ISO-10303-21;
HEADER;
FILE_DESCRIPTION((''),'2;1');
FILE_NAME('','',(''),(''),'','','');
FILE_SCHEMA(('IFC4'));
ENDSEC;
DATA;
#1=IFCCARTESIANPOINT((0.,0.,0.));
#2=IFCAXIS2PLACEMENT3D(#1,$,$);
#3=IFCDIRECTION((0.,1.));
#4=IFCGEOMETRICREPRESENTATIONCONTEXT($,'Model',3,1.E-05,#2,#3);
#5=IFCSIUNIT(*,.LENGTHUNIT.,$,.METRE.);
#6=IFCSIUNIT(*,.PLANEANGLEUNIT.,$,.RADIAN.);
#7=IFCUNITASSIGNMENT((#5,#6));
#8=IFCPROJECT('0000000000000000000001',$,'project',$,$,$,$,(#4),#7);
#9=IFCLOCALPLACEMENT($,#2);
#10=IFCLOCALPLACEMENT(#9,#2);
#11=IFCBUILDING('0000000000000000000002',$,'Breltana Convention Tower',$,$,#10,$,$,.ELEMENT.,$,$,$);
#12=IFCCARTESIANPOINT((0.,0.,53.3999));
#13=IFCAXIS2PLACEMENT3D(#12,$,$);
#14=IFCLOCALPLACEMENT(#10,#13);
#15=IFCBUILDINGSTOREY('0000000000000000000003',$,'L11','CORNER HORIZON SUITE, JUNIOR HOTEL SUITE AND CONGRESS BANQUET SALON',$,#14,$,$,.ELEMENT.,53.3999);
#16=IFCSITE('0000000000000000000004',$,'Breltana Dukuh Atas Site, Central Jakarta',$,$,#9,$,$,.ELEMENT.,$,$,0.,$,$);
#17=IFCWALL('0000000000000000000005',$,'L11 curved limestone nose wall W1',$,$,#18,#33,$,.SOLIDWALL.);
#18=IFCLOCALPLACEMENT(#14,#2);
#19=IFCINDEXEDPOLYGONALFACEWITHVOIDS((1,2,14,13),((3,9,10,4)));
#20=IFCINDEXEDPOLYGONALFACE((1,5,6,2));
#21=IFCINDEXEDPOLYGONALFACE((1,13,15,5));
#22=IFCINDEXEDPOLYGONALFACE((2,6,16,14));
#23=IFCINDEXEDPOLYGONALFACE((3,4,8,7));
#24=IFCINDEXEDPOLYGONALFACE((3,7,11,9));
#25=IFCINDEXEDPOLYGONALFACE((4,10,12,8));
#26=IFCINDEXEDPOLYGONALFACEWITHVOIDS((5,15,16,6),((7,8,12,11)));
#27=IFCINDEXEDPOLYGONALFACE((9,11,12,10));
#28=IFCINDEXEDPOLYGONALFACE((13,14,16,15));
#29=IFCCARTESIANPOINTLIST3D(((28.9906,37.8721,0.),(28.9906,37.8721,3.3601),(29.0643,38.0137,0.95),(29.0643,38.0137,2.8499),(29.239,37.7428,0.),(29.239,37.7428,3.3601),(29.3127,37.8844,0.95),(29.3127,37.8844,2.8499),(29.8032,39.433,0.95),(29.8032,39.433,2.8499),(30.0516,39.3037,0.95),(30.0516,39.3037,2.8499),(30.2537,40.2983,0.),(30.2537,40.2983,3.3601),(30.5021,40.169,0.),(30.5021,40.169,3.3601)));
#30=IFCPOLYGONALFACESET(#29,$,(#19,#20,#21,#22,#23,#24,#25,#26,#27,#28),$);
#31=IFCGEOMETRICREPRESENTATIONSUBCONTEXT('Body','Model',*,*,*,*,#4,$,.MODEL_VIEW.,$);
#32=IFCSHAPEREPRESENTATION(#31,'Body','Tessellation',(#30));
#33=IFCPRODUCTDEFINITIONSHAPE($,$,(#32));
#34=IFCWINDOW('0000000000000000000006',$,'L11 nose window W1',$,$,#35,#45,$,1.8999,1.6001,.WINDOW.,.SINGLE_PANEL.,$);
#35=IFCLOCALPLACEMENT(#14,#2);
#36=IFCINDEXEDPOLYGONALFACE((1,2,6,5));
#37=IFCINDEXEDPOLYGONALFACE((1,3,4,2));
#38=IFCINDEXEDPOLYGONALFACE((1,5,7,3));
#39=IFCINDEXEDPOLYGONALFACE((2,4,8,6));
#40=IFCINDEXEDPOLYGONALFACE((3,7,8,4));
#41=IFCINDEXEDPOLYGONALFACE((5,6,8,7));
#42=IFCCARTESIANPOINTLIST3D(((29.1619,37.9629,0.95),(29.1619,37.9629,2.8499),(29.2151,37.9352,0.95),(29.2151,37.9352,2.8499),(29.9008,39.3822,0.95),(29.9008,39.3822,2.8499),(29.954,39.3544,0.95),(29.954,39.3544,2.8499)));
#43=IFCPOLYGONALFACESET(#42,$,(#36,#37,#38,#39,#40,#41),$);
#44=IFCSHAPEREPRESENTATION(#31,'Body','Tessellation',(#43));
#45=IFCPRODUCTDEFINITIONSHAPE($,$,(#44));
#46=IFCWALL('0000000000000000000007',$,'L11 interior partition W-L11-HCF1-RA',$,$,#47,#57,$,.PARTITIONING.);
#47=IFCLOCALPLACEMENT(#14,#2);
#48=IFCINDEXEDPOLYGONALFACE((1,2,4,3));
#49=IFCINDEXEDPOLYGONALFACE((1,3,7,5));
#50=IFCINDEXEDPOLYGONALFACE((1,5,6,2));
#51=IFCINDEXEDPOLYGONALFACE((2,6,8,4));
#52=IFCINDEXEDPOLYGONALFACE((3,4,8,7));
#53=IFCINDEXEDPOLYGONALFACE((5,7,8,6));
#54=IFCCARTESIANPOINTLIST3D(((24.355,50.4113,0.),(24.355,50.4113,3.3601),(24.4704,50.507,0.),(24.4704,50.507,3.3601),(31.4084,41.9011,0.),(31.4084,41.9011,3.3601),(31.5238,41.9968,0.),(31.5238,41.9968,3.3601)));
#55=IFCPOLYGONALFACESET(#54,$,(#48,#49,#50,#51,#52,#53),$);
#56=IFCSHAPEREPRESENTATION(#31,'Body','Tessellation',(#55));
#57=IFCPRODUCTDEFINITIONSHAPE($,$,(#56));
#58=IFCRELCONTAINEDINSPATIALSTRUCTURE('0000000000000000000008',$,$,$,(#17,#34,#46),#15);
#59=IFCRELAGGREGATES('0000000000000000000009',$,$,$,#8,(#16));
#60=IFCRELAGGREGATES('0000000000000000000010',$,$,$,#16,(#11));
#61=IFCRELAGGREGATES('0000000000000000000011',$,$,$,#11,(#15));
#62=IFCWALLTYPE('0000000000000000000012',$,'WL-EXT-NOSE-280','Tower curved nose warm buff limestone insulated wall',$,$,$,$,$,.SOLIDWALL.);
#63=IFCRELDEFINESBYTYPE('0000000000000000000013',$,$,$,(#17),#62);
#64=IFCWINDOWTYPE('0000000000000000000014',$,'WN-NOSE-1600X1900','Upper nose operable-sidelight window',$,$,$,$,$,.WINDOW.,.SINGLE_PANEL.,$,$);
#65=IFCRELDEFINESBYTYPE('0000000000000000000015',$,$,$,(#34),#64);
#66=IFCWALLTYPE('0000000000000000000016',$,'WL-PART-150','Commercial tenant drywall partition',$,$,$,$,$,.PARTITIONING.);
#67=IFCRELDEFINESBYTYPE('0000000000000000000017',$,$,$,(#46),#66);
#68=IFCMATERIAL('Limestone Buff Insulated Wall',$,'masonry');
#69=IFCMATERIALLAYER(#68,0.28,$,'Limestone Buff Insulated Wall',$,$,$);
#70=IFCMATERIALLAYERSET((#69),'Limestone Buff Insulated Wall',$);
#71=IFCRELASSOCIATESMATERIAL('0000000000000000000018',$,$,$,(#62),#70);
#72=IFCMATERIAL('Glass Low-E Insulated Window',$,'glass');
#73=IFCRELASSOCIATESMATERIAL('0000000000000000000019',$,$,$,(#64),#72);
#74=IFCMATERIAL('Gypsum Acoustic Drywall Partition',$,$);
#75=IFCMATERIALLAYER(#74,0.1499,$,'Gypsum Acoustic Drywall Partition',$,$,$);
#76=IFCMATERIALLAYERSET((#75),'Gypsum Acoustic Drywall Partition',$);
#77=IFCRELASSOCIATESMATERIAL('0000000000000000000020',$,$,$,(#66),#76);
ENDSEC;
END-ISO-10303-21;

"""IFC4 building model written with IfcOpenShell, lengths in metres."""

from ifc_helpers import new_model, si_unit, direction, frame, frame_2d, origin, place, context, subcontext, project, spatial, rectangle, extrude, source, transform, mapped, material, layer, layer_set, type_object, type_shapes, element, fill, save


model = new_model("IFC4")

# Units and contexts
model_context = context("Model", 3, precision=1e-05, world=origin(), true_north=direction((0.0, 1.0)))
body_context = subcontext(model_context, "Body", "Model", "MODEL_VIEW")
ifc_project = project(units=[si_unit("LENGTHUNIT", "METRE"), si_unit("PLANEANGLEUNIT", "RADIAN")], contexts=[model_context])

# Site, building, storey
site_placement = place(None, origin())
site = spatial("IfcSite", under=ifc_project, at=site_placement, Name="Breltana Dukuh Atas Site, Central Jakarta", CompositionType="ELEMENT", RefElevation=0.0)
building_placement = place(site_placement, origin())
building = spatial("IfcBuilding", under=site, at=building_placement, Name="Breltana Convention Tower", CompositionType="ELEMENT")
storey_placement = place(building_placement, frame((0.0, 0.0, 53.3999)))
storey = spatial("IfcBuildingStorey", under=building, at=storey_placement, Name="L11", Description="CORNER HORIZON SUITE, JUNIOR HOTEL SUITE AND CONGRESS BANQUET SALON", CompositionType="ELEMENT", Elevation=53.3999)

# Wall, opening, window
ifc_material_1 = material(Name="Limestone Buff Insulated Wall", Category="masonry")
ifc_layer_1 = layer(ifc_material_1, 0.28, Name="Limestone Buff Insulated Wall")
ifc_layer_set_1 = layer_set([ifc_layer_1], Name="Limestone Buff Insulated Wall")
wall_type_1 = type_object("IfcWallType", Name="WL-EXT-NOSE-280", Description="Tower curved nose warm buff limestone insulated wall", PredefinedType="SOLIDWALL", material=ifc_layer_set_1)
ifc_material_2 = material(Name="Glass Low-E Insulated Window", Category="glass")
window_type = type_object("IfcWindowType", Name="WN-NOSE-1600X1900", Description="Upper nose operable-sidelight window", PartitioningType="SINGLE_PANEL", PredefinedType="WINDOW", material=ifc_material_2)
shared_shape_1 = source(origin(), body_context, "Body", "SweptSolid", [
    extrude(rectangle(XDim=1.6001, YDim=1.8999, at=frame_2d((0.8, 0.95))), frame((0.0, 0.03, 0.0), z_axis=(0.0, -1.0, 0.0), x_axis=(1.0, 0.0, 0.0)), (0.0, 0.0, 1.0), 0.0601),
])
type_shapes(window_type, [shared_shape_1])
shared_shape_2 = source(origin(), body_context, "Body", "SweptSolid", [
    extrude(rectangle(XDim=2.7354, YDim=0.28, at=frame_2d((1.3677, 0.0))), origin(), (0.0, 0.0, 1.0), 3.3601),
])
wall_1_placement = place(storey_placement, frame((30.3779, 40.2336, 0.0), z_axis=(0.0, 0.0, 1.0), x_axis=(-0.461791, -0.886989, 0.0)))
wall_1 = element("IfcWall", 1, at=wall_1_placement, inside=storey, type_object=wall_type_1, Name="L11 curved limestone nose wall W1", PredefinedType="SOLIDWALL", context=body_context, shape_type="MappedRepresentation", body=[
    mapped(shared_shape_2, transform((0.0, 0.0, 0.0), scale=1.0)),
])
opening_1_placement = place(wall_1_placement, frame((0.9756, 0.0, 0.95)))
opening_1 = element("IfcOpeningElement", 2, at=opening_1_placement, cuts=wall_1, PredefinedType="OPENING", context=body_context, shape_type="SweptSolid", body=[
    extrude(rectangle(XDim=1.6001, YDim=1.8999, at=frame_2d((0.8, 0.95))), frame((0.0, 0.1499, 0.0), z_axis=(0.0, -1.0, 0.0), x_axis=(1.0, 0.0, 0.0)), (0.0, 0.0, 1.0), 0.3),
])
window_1_placement = place(opening_1_placement, origin())
window_1 = element("IfcWindow", 3, at=window_1_placement, inside=storey, type_object=window_type, Name="L11 nose window W1", OverallHeight=1.8999, OverallWidth=1.6001, PartitioningType="SINGLE_PANEL", PredefinedType="WINDOW", context=body_context, shape_type="MappedRepresentation", body=[
    mapped(shared_shape_1, transform((0.0, 0.0, 0.0), scale=1.0)),
])
fill(opening_1, window_1)

# Wall
ifc_material_3 = material(Name="Gypsum Acoustic Drywall Partition")
ifc_layer_2 = layer(ifc_material_3, 0.1499, Name="Gypsum Acoustic Drywall Partition")
ifc_layer_set_2 = layer_set([ifc_layer_2], Name="Gypsum Acoustic Drywall Partition")
wall_type_2 = type_object("IfcWallType", Name="WL-PART-150", Description="Commercial tenant drywall partition", PredefinedType="PARTITIONING", material=ifc_layer_set_2)
shared_shape_3 = source(origin(), body_context, "Body", "SweptSolid", [
    extrude(rectangle(XDim=11.0532, YDim=0.1499, at=frame_2d((5.5266, 0.0))), origin(), (0.0, 0.0, 1.0), 3.3601),
])
wall_2_placement = place(storey_placement, frame((31.4661, 41.949, 0.0), z_axis=(0.0, 0.0, 1.0), x_axis=(-0.638131, 0.769928, 0.0)))
element("IfcWall", 4, at=wall_2_placement, inside=storey, type_object=wall_type_2, Name="L11 interior partition W-L11-HCF1-RA", PredefinedType="PARTITIONING", context=body_context, shape_type="MappedRepresentation", body=[
    mapped(shared_shape_3, transform((0.0, 0.0, 0.0), scale=1.0)),
])

save(model, "model.ifc")
